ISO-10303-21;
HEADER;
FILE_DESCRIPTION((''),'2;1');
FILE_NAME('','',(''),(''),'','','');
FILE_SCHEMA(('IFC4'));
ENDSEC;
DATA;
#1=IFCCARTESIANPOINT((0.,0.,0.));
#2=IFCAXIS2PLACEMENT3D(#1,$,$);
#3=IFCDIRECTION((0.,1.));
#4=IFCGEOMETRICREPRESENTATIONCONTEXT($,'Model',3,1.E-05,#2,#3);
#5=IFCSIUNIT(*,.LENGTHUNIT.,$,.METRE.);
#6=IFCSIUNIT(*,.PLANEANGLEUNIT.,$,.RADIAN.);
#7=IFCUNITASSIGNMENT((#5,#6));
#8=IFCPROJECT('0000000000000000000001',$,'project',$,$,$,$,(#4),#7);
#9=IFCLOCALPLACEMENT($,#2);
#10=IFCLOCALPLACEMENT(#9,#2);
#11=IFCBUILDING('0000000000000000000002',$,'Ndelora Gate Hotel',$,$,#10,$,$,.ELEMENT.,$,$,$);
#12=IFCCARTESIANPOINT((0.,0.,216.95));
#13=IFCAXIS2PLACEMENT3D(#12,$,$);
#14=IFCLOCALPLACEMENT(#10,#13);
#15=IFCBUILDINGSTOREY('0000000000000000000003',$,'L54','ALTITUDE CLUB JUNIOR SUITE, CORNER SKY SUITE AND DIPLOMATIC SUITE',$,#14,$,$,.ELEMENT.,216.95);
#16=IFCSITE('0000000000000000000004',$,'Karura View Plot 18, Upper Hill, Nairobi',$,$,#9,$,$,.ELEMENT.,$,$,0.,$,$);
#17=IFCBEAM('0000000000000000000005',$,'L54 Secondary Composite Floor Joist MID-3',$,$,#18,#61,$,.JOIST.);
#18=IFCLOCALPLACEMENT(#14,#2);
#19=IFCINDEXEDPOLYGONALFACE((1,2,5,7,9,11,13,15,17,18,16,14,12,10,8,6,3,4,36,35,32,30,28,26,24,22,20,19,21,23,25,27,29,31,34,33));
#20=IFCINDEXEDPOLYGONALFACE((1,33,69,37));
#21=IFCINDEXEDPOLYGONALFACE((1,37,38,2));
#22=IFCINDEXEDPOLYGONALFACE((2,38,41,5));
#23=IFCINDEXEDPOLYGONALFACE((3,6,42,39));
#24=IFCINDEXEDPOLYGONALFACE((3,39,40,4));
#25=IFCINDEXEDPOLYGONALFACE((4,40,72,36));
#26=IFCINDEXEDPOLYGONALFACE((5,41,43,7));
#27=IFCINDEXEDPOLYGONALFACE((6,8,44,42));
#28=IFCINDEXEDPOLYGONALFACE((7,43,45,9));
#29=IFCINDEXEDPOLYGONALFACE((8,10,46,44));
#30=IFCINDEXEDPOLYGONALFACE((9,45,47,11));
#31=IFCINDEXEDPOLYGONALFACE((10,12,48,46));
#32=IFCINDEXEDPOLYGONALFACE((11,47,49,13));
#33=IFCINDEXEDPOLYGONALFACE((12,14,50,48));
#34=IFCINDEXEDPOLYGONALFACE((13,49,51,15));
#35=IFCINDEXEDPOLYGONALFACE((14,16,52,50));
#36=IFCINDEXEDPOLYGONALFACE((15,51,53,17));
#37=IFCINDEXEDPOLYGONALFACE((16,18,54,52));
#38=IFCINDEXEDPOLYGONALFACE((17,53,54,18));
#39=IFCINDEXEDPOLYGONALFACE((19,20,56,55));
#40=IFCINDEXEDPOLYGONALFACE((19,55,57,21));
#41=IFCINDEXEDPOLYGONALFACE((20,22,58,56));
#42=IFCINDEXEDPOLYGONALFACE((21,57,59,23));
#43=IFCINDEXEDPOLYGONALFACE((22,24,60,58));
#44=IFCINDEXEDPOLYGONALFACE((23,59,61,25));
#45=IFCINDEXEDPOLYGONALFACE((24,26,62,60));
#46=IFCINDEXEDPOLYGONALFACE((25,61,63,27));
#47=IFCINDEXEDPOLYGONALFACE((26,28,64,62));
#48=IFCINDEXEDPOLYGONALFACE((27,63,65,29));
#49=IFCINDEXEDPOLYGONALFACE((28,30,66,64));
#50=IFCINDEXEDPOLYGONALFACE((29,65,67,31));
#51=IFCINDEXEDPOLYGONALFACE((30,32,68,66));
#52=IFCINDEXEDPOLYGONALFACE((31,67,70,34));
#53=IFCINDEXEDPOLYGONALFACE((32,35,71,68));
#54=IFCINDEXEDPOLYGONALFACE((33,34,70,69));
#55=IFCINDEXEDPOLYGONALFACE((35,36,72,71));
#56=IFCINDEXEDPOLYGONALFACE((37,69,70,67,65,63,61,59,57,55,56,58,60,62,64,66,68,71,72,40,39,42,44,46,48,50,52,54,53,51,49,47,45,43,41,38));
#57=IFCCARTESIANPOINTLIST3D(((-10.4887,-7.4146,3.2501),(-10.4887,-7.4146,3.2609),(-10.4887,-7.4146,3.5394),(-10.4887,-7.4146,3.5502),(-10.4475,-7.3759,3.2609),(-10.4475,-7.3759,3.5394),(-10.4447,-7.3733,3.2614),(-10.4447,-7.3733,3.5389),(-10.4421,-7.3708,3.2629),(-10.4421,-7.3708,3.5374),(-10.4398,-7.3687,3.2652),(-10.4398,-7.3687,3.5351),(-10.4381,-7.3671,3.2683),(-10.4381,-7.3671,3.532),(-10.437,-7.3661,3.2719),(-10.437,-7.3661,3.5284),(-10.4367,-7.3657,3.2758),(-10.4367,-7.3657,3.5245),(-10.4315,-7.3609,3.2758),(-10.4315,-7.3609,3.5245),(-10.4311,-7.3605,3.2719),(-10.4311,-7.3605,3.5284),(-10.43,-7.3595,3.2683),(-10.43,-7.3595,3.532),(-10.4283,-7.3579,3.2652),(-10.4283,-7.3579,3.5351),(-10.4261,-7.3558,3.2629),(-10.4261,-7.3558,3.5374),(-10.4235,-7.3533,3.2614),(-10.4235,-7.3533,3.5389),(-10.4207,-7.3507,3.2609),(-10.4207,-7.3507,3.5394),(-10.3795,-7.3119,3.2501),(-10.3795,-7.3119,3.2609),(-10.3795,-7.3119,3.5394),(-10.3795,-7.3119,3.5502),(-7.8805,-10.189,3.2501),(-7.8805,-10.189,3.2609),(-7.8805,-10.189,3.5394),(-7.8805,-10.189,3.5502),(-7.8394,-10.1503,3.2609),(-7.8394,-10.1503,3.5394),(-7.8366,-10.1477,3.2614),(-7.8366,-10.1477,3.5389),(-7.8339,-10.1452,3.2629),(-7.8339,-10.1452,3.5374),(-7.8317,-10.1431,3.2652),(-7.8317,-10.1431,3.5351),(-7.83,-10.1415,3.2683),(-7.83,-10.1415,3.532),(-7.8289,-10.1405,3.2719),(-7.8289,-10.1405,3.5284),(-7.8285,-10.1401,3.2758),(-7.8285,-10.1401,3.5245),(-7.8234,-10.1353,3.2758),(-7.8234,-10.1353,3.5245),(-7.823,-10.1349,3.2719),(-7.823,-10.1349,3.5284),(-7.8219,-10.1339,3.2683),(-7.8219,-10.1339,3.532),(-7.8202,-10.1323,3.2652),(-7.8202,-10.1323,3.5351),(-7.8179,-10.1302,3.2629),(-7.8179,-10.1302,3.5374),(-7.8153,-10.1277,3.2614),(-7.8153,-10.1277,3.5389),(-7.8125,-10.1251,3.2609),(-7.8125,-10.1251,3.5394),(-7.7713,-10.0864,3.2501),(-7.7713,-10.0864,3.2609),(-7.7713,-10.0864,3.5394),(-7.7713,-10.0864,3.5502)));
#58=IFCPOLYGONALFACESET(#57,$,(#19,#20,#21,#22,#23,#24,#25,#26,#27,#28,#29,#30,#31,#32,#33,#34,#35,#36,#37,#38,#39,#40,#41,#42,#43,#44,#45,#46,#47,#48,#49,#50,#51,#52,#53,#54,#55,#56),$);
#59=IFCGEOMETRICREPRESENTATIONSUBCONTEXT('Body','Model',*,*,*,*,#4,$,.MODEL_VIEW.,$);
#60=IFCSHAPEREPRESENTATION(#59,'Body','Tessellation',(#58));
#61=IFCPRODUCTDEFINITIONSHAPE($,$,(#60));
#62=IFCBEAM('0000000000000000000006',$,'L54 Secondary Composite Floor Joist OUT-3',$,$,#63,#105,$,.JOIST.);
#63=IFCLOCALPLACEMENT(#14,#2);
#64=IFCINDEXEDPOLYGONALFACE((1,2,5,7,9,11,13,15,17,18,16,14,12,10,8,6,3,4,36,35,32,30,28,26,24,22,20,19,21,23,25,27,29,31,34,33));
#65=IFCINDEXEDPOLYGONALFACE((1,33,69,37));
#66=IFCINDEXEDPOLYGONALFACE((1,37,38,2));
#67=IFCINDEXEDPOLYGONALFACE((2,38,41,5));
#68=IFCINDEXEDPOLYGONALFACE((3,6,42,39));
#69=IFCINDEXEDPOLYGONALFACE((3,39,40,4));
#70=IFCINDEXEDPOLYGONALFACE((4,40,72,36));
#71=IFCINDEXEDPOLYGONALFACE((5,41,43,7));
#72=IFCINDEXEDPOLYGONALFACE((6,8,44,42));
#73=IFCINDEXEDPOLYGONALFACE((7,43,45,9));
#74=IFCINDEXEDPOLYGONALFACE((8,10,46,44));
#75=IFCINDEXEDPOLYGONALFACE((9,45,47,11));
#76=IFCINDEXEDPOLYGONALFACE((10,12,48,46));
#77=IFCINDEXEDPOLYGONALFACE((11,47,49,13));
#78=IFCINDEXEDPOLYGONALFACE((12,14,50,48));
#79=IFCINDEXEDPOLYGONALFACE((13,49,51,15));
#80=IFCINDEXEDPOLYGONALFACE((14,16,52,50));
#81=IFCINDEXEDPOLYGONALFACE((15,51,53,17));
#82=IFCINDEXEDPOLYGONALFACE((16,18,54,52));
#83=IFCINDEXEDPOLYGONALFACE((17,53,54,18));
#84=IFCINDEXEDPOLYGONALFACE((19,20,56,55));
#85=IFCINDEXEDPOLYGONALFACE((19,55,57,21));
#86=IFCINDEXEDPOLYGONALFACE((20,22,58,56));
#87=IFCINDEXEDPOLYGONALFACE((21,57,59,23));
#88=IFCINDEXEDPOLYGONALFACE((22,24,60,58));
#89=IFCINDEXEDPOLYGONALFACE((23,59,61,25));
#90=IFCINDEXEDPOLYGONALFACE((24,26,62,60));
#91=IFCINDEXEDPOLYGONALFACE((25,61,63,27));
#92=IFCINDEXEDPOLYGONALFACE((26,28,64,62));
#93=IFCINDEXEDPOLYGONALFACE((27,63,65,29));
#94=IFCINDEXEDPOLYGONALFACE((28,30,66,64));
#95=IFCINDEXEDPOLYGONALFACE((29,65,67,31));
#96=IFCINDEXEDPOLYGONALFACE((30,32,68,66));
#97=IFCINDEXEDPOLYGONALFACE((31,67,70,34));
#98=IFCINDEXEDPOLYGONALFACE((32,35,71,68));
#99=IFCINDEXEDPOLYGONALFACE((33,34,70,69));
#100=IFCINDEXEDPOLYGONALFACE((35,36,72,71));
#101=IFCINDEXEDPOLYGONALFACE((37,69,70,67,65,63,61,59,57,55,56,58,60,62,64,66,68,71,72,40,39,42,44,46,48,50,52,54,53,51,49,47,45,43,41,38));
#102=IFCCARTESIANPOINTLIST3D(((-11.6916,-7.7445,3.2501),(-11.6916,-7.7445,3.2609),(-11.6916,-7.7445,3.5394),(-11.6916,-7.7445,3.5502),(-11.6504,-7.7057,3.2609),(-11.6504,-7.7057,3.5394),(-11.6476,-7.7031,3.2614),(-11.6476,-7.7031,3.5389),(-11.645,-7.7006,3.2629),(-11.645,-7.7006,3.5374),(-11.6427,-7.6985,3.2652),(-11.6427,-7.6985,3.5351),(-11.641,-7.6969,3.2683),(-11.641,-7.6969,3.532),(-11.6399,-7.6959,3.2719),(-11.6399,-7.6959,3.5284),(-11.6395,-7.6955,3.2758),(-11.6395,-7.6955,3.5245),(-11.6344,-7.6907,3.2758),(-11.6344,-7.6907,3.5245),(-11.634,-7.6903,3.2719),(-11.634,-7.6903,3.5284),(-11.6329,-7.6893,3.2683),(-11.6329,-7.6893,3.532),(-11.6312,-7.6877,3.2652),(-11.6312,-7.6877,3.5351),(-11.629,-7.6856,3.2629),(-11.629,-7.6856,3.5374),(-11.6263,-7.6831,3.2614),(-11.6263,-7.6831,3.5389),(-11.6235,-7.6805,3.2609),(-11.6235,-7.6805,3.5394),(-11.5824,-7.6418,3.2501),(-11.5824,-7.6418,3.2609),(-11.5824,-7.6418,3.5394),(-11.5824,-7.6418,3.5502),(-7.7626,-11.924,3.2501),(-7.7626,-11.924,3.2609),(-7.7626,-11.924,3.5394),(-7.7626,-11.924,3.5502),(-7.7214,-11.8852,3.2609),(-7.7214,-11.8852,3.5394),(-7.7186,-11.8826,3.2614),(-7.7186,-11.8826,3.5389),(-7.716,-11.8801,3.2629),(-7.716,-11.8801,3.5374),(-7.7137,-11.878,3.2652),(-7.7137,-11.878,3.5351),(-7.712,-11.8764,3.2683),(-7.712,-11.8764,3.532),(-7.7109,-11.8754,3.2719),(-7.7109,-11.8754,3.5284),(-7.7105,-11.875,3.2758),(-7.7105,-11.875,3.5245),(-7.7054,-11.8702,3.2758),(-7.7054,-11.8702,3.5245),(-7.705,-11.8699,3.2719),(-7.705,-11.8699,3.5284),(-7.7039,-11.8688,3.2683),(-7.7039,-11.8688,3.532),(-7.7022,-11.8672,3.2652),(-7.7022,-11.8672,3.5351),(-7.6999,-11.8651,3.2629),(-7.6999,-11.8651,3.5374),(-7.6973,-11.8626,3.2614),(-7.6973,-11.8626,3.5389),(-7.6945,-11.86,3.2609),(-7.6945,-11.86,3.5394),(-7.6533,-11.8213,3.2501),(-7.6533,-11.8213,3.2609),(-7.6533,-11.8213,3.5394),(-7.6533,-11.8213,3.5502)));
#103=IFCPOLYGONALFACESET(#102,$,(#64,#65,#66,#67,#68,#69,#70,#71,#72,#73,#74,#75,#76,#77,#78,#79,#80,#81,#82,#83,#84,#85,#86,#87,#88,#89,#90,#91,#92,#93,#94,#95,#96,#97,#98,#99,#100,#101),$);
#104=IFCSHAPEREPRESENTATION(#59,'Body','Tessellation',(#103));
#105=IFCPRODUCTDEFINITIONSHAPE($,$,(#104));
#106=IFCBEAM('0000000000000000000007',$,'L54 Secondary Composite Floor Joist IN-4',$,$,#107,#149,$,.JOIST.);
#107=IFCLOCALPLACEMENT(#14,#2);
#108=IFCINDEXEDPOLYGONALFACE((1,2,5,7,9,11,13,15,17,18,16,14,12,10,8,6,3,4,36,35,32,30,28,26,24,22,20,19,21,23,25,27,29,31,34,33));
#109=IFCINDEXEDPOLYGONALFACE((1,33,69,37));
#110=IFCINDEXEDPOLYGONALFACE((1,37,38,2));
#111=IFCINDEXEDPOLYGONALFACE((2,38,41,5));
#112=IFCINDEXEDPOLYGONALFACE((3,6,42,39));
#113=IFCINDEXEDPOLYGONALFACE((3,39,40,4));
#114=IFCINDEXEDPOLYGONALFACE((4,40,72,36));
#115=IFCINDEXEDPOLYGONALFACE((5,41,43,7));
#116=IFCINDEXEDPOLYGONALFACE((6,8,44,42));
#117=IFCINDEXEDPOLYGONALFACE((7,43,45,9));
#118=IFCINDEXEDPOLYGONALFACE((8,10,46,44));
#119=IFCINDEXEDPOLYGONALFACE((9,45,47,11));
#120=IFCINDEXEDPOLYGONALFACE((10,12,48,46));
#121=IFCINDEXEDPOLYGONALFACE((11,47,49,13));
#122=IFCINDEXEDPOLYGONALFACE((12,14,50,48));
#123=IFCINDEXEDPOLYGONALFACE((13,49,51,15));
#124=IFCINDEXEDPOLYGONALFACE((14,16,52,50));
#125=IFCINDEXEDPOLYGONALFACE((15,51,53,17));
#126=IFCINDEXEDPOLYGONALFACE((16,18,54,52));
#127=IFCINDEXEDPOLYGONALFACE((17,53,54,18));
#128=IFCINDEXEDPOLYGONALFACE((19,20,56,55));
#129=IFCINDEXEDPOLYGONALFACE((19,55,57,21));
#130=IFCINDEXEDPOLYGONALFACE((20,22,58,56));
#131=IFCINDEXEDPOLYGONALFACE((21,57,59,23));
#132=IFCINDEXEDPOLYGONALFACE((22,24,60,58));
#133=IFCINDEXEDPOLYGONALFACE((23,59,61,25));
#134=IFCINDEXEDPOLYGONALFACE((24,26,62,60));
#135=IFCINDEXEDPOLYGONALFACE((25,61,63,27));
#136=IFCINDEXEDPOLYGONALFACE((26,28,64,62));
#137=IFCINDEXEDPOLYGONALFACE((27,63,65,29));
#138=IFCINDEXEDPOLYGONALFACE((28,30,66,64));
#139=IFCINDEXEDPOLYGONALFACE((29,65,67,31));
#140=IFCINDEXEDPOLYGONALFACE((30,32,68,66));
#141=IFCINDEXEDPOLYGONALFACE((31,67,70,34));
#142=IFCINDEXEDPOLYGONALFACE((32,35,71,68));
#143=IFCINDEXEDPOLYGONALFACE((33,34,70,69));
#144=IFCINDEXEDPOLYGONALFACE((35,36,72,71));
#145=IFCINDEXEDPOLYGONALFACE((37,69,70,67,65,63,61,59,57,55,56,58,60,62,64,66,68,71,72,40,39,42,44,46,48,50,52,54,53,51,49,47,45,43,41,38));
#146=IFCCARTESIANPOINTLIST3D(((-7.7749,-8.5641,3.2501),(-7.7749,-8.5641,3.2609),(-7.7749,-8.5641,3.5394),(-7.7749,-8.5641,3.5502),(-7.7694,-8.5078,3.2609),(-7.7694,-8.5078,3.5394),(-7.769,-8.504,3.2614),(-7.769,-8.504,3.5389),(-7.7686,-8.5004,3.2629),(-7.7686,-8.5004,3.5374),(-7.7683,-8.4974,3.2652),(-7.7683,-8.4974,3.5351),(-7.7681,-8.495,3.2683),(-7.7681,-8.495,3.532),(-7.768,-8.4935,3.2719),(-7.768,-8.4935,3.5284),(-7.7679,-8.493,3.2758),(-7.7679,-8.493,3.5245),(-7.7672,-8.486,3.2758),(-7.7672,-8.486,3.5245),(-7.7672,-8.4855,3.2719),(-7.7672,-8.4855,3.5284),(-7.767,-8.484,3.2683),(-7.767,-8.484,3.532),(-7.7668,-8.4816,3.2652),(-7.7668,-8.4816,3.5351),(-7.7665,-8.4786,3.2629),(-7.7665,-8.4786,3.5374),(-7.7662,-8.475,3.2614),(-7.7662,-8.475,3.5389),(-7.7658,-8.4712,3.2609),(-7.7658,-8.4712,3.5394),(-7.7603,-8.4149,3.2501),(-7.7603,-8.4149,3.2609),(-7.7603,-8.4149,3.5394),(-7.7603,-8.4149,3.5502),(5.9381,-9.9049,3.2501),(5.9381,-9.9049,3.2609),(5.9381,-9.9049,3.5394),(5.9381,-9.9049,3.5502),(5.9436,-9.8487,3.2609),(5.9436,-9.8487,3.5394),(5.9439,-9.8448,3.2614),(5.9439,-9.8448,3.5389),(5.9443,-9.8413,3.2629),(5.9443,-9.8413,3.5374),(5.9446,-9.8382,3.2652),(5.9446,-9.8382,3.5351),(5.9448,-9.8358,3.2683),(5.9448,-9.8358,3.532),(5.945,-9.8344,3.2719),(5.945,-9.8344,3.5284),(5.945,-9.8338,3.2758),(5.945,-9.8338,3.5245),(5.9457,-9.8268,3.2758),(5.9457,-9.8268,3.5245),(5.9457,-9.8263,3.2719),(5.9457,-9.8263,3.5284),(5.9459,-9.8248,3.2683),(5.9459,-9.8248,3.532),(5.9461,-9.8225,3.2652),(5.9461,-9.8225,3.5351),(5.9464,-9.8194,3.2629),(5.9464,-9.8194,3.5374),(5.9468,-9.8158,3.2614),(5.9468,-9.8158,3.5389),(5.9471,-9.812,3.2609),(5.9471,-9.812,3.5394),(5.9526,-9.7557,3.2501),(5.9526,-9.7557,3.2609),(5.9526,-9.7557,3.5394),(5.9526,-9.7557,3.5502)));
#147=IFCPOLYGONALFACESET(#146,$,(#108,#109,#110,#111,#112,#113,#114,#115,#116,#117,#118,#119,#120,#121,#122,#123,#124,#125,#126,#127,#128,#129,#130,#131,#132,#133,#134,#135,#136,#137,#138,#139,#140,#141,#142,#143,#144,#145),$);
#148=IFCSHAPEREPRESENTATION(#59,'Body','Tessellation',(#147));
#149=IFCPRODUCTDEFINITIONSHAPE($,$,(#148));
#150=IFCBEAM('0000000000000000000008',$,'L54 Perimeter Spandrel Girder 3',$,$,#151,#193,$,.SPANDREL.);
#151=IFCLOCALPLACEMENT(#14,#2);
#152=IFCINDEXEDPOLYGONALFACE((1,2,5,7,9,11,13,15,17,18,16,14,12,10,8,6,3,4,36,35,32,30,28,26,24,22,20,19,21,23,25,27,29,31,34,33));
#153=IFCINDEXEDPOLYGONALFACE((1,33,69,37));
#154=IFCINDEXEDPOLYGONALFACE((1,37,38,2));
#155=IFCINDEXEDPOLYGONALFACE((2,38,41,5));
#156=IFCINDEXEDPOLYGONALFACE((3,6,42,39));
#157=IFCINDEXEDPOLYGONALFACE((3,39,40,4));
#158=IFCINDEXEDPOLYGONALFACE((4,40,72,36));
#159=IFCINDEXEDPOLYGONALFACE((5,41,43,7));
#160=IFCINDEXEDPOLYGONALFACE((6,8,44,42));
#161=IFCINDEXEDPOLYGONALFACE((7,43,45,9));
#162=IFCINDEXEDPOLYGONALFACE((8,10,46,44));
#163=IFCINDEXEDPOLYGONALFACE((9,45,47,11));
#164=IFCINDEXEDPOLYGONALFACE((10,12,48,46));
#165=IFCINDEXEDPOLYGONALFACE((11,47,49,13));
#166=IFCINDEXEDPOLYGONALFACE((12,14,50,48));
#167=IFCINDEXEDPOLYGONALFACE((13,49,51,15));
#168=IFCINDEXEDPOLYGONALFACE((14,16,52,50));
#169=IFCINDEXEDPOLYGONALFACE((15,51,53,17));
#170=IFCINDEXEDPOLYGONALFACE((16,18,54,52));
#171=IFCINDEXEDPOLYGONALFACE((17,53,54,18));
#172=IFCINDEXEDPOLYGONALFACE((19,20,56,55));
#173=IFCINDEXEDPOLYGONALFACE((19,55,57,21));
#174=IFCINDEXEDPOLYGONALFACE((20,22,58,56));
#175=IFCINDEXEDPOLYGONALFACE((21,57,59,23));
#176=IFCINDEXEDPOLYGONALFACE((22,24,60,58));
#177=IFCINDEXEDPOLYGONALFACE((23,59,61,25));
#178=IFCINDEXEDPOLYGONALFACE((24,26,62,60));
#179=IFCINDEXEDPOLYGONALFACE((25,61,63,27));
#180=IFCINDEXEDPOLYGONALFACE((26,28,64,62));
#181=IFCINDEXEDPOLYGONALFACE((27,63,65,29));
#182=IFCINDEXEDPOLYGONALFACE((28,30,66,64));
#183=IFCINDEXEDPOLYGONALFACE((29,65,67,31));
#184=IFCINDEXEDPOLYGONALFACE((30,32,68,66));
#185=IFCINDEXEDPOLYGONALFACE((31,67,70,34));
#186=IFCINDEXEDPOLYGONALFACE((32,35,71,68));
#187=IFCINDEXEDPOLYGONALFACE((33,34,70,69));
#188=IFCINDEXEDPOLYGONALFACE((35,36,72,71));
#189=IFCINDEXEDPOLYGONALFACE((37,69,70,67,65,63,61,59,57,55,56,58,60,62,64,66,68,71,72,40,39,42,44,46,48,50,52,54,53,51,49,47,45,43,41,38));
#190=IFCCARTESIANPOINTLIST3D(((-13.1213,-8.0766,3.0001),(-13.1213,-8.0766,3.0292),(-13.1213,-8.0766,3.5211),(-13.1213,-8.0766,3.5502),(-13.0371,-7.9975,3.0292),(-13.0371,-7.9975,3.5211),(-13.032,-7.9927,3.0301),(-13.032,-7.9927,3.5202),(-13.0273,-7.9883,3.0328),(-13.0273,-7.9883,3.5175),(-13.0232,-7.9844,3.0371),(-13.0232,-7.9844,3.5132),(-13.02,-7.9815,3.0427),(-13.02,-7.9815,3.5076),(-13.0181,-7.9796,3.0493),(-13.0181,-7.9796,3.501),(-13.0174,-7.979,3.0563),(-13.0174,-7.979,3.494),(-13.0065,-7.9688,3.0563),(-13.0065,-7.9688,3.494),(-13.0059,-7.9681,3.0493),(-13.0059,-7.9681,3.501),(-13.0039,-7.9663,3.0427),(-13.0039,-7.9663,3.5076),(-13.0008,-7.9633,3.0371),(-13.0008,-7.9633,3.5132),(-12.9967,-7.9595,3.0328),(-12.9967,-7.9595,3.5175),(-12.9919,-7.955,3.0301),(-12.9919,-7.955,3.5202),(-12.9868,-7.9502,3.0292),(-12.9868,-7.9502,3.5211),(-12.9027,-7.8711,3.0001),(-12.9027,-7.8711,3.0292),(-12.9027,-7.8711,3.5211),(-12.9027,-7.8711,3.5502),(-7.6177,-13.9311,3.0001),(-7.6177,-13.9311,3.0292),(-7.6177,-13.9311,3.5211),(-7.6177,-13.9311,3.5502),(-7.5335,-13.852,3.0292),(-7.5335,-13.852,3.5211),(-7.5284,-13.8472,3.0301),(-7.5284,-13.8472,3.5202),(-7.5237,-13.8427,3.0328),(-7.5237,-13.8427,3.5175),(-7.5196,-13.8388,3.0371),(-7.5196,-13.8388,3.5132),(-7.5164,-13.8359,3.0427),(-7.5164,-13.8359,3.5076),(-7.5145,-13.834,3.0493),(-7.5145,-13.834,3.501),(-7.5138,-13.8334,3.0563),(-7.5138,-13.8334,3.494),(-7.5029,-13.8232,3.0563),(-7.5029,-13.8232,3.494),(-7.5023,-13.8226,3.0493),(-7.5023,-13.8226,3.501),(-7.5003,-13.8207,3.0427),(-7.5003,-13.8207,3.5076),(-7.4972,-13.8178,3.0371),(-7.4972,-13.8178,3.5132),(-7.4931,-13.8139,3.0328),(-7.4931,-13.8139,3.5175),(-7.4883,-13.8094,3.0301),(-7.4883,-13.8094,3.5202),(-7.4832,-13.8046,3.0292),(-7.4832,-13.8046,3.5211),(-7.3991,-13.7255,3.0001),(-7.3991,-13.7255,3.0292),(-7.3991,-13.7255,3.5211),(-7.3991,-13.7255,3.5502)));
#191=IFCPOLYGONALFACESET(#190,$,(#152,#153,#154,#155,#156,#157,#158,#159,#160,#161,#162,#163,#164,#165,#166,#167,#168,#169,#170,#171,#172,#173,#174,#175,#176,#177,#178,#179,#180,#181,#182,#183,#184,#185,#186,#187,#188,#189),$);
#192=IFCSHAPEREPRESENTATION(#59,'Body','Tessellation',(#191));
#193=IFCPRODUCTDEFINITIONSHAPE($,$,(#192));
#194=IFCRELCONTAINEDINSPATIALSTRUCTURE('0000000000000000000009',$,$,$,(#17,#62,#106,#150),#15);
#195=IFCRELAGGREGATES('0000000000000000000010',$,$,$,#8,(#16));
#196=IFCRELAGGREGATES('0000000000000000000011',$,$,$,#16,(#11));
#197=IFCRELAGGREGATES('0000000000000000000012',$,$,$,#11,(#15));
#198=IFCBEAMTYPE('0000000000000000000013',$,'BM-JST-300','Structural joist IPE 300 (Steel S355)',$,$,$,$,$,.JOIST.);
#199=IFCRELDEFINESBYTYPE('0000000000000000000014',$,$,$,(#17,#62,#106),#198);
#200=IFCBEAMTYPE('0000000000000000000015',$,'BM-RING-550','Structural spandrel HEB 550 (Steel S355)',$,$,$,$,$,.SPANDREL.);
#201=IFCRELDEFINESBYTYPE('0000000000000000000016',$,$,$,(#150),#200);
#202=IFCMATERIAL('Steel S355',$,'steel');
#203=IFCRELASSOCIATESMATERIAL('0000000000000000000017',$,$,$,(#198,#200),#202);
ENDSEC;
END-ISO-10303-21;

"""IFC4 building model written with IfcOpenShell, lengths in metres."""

from ifc_helpers import new_model, si_unit, direction, frame, origin, origin_2d, place, context, subcontext, project, spatial, i_section, extrude, material, material_profile, profile_set, type_object, element, save


model = new_model("IFC4")

# Units and contexts
model_context = context("Model", 3, precision=1e-05, world=origin(), true_north=direction((0.0, 1.0)))
body_context = subcontext(model_context, "Body", "Model", "MODEL_VIEW")
ifc_project = project(units=[si_unit("LENGTHUNIT", "METRE"), si_unit("PLANEANGLEUNIT", "RADIAN")], contexts=[model_context])

# Site, building, storey
site_placement = place(None, origin())
site = spatial("IfcSite", under=ifc_project, at=site_placement, Name="Karura View Plot 18, Upper Hill, Nairobi", CompositionType="ELEMENT", RefElevation=0.0)
building_placement = place(site_placement, origin())
building = spatial("IfcBuilding", under=site, at=building_placement, Name="Ndelora Gate Hotel", CompositionType="ELEMENT")
storey_placement = place(building_placement, frame((0.0, 0.0, 216.95)))
storey = spatial("IfcBuildingStorey", under=building, at=storey_placement, Name="L54", Description="ALTITUDE CLUB JUNIOR SUITE, CORNER SKY SUITE AND DIPLOMATIC SUITE", CompositionType="ELEMENT", Elevation=216.95)

# Beams
ifc_material_1 = material(Name="Steel S355", Category="steel")
ifc_material_profile_1 = material_profile(ifc_material_1, i_section(OverallWidth=0.1499, OverallDepth=0.3, WebThickness=0.0071, FlangeThickness=0.0107, FilletRadius=0.0149, at=origin_2d()), Name="IPE 300")
ifc_profile_set_1 = profile_set([ifc_material_profile_1], Name="Steel S355")
beam_type_1 = type_object("IfcBeamType", Name="BM-JST-300", Description="Structural joist IPE 300 (Steel S355)", PredefinedType="JOIST", material=ifc_profile_set_1)
beam_1_placement = place(storey_placement, frame((-10.4341, -7.3633, 3.4001), z_axis=(0.684939, -0.728601, 0.0), x_axis=(0.728601, 0.684939, 0.0)))
element("IfcBeam", 1, at=beam_1_placement, inside=storey, type_object=beam_type_1, Name="L54 Secondary Composite Floor Joist MID-3", PredefinedType="JOIST", context=body_context, shape_type="SweptSolid", body=[
    extrude(i_section(OverallWidth=0.1499, OverallDepth=0.3, WebThickness=0.0071, FlangeThickness=0.0107, FilletRadius=0.0149, at=origin_2d()), origin(), (0.0, 0.0, 1.0), 3.8079),
])
beam_2_placement = place(storey_placement, frame((-11.637, -7.6931, 3.4001), z_axis=(0.684936, -0.728603, 0.0), x_axis=(0.728603, 0.684936, 0.0)))
element("IfcBeam", 2, at=beam_2_placement, inside=storey, type_object=beam_type_1, Name="L54 Secondary Composite Floor Joist OUT-3", PredefinedType="JOIST", context=body_context, shape_type="SweptSolid", body=[
    extrude(i_section(OverallWidth=0.1499, OverallDepth=0.3, WebThickness=0.0071, FlangeThickness=0.0107, FilletRadius=0.0149, at=origin_2d()), origin(), (0.0, 0.0, 1.0), 5.7363),
])
beam_3_placement = place(storey_placement, frame((-7.7676, -8.4895, 3.4001), z_axis=(0.995254, -0.097314, 0.0), x_axis=(0.097314, 0.995254, 0.0)))
element("IfcBeam", 3, at=beam_3_placement, inside=storey, type_object=beam_type_1, Name="L54 Secondary Composite Floor Joist IN-4", PredefinedType="JOIST", context=body_context, shape_type="SweptSolid", body=[
    extrude(i_section(OverallWidth=0.1499, OverallDepth=0.3, WebThickness=0.0071, FlangeThickness=0.0107, FilletRadius=0.0149, at=origin_2d()), origin(), (0.0, 0.0, 1.0), 13.7783),
])
ifc_material_profile_2 = material_profile(ifc_material_1, i_section(OverallWidth=0.3, OverallDepth=0.55, WebThickness=0.0149, FlangeThickness=0.0291, FilletRadius=0.0271, at=origin_2d()), Name="HEB 550")
ifc_profile_set_2 = profile_set([ifc_material_profile_2], Name="Steel S355")
beam_type_2 = type_object("IfcBeamType", Name="BM-RING-550", Description="Structural spandrel HEB 550 (Steel S355)", PredefinedType="SPANDREL", material=ifc_profile_set_2)
beam_4_placement = place(storey_placement, frame((-13.012, -7.9739, 3.2751), z_axis=(0.684939, -0.7286, 0.0), x_axis=(0.7286, 0.684939, 0.0)))
element("IfcBeam", 4, at=beam_4_placement, inside=storey, type_object=beam_type_2, Name="L54 Perimeter Spandrel Girder 3", PredefinedType="SPANDREL", context=body_context, shape_type="SweptSolid", body=[
    extrude(i_section(OverallWidth=0.3, OverallDepth=0.55, WebThickness=0.0149, FlangeThickness=0.0291, FilletRadius=0.0271, at=origin_2d()), origin(), (0.0, 0.0, 1.0), 8.0352),
])

save(model, "model.ifc")
